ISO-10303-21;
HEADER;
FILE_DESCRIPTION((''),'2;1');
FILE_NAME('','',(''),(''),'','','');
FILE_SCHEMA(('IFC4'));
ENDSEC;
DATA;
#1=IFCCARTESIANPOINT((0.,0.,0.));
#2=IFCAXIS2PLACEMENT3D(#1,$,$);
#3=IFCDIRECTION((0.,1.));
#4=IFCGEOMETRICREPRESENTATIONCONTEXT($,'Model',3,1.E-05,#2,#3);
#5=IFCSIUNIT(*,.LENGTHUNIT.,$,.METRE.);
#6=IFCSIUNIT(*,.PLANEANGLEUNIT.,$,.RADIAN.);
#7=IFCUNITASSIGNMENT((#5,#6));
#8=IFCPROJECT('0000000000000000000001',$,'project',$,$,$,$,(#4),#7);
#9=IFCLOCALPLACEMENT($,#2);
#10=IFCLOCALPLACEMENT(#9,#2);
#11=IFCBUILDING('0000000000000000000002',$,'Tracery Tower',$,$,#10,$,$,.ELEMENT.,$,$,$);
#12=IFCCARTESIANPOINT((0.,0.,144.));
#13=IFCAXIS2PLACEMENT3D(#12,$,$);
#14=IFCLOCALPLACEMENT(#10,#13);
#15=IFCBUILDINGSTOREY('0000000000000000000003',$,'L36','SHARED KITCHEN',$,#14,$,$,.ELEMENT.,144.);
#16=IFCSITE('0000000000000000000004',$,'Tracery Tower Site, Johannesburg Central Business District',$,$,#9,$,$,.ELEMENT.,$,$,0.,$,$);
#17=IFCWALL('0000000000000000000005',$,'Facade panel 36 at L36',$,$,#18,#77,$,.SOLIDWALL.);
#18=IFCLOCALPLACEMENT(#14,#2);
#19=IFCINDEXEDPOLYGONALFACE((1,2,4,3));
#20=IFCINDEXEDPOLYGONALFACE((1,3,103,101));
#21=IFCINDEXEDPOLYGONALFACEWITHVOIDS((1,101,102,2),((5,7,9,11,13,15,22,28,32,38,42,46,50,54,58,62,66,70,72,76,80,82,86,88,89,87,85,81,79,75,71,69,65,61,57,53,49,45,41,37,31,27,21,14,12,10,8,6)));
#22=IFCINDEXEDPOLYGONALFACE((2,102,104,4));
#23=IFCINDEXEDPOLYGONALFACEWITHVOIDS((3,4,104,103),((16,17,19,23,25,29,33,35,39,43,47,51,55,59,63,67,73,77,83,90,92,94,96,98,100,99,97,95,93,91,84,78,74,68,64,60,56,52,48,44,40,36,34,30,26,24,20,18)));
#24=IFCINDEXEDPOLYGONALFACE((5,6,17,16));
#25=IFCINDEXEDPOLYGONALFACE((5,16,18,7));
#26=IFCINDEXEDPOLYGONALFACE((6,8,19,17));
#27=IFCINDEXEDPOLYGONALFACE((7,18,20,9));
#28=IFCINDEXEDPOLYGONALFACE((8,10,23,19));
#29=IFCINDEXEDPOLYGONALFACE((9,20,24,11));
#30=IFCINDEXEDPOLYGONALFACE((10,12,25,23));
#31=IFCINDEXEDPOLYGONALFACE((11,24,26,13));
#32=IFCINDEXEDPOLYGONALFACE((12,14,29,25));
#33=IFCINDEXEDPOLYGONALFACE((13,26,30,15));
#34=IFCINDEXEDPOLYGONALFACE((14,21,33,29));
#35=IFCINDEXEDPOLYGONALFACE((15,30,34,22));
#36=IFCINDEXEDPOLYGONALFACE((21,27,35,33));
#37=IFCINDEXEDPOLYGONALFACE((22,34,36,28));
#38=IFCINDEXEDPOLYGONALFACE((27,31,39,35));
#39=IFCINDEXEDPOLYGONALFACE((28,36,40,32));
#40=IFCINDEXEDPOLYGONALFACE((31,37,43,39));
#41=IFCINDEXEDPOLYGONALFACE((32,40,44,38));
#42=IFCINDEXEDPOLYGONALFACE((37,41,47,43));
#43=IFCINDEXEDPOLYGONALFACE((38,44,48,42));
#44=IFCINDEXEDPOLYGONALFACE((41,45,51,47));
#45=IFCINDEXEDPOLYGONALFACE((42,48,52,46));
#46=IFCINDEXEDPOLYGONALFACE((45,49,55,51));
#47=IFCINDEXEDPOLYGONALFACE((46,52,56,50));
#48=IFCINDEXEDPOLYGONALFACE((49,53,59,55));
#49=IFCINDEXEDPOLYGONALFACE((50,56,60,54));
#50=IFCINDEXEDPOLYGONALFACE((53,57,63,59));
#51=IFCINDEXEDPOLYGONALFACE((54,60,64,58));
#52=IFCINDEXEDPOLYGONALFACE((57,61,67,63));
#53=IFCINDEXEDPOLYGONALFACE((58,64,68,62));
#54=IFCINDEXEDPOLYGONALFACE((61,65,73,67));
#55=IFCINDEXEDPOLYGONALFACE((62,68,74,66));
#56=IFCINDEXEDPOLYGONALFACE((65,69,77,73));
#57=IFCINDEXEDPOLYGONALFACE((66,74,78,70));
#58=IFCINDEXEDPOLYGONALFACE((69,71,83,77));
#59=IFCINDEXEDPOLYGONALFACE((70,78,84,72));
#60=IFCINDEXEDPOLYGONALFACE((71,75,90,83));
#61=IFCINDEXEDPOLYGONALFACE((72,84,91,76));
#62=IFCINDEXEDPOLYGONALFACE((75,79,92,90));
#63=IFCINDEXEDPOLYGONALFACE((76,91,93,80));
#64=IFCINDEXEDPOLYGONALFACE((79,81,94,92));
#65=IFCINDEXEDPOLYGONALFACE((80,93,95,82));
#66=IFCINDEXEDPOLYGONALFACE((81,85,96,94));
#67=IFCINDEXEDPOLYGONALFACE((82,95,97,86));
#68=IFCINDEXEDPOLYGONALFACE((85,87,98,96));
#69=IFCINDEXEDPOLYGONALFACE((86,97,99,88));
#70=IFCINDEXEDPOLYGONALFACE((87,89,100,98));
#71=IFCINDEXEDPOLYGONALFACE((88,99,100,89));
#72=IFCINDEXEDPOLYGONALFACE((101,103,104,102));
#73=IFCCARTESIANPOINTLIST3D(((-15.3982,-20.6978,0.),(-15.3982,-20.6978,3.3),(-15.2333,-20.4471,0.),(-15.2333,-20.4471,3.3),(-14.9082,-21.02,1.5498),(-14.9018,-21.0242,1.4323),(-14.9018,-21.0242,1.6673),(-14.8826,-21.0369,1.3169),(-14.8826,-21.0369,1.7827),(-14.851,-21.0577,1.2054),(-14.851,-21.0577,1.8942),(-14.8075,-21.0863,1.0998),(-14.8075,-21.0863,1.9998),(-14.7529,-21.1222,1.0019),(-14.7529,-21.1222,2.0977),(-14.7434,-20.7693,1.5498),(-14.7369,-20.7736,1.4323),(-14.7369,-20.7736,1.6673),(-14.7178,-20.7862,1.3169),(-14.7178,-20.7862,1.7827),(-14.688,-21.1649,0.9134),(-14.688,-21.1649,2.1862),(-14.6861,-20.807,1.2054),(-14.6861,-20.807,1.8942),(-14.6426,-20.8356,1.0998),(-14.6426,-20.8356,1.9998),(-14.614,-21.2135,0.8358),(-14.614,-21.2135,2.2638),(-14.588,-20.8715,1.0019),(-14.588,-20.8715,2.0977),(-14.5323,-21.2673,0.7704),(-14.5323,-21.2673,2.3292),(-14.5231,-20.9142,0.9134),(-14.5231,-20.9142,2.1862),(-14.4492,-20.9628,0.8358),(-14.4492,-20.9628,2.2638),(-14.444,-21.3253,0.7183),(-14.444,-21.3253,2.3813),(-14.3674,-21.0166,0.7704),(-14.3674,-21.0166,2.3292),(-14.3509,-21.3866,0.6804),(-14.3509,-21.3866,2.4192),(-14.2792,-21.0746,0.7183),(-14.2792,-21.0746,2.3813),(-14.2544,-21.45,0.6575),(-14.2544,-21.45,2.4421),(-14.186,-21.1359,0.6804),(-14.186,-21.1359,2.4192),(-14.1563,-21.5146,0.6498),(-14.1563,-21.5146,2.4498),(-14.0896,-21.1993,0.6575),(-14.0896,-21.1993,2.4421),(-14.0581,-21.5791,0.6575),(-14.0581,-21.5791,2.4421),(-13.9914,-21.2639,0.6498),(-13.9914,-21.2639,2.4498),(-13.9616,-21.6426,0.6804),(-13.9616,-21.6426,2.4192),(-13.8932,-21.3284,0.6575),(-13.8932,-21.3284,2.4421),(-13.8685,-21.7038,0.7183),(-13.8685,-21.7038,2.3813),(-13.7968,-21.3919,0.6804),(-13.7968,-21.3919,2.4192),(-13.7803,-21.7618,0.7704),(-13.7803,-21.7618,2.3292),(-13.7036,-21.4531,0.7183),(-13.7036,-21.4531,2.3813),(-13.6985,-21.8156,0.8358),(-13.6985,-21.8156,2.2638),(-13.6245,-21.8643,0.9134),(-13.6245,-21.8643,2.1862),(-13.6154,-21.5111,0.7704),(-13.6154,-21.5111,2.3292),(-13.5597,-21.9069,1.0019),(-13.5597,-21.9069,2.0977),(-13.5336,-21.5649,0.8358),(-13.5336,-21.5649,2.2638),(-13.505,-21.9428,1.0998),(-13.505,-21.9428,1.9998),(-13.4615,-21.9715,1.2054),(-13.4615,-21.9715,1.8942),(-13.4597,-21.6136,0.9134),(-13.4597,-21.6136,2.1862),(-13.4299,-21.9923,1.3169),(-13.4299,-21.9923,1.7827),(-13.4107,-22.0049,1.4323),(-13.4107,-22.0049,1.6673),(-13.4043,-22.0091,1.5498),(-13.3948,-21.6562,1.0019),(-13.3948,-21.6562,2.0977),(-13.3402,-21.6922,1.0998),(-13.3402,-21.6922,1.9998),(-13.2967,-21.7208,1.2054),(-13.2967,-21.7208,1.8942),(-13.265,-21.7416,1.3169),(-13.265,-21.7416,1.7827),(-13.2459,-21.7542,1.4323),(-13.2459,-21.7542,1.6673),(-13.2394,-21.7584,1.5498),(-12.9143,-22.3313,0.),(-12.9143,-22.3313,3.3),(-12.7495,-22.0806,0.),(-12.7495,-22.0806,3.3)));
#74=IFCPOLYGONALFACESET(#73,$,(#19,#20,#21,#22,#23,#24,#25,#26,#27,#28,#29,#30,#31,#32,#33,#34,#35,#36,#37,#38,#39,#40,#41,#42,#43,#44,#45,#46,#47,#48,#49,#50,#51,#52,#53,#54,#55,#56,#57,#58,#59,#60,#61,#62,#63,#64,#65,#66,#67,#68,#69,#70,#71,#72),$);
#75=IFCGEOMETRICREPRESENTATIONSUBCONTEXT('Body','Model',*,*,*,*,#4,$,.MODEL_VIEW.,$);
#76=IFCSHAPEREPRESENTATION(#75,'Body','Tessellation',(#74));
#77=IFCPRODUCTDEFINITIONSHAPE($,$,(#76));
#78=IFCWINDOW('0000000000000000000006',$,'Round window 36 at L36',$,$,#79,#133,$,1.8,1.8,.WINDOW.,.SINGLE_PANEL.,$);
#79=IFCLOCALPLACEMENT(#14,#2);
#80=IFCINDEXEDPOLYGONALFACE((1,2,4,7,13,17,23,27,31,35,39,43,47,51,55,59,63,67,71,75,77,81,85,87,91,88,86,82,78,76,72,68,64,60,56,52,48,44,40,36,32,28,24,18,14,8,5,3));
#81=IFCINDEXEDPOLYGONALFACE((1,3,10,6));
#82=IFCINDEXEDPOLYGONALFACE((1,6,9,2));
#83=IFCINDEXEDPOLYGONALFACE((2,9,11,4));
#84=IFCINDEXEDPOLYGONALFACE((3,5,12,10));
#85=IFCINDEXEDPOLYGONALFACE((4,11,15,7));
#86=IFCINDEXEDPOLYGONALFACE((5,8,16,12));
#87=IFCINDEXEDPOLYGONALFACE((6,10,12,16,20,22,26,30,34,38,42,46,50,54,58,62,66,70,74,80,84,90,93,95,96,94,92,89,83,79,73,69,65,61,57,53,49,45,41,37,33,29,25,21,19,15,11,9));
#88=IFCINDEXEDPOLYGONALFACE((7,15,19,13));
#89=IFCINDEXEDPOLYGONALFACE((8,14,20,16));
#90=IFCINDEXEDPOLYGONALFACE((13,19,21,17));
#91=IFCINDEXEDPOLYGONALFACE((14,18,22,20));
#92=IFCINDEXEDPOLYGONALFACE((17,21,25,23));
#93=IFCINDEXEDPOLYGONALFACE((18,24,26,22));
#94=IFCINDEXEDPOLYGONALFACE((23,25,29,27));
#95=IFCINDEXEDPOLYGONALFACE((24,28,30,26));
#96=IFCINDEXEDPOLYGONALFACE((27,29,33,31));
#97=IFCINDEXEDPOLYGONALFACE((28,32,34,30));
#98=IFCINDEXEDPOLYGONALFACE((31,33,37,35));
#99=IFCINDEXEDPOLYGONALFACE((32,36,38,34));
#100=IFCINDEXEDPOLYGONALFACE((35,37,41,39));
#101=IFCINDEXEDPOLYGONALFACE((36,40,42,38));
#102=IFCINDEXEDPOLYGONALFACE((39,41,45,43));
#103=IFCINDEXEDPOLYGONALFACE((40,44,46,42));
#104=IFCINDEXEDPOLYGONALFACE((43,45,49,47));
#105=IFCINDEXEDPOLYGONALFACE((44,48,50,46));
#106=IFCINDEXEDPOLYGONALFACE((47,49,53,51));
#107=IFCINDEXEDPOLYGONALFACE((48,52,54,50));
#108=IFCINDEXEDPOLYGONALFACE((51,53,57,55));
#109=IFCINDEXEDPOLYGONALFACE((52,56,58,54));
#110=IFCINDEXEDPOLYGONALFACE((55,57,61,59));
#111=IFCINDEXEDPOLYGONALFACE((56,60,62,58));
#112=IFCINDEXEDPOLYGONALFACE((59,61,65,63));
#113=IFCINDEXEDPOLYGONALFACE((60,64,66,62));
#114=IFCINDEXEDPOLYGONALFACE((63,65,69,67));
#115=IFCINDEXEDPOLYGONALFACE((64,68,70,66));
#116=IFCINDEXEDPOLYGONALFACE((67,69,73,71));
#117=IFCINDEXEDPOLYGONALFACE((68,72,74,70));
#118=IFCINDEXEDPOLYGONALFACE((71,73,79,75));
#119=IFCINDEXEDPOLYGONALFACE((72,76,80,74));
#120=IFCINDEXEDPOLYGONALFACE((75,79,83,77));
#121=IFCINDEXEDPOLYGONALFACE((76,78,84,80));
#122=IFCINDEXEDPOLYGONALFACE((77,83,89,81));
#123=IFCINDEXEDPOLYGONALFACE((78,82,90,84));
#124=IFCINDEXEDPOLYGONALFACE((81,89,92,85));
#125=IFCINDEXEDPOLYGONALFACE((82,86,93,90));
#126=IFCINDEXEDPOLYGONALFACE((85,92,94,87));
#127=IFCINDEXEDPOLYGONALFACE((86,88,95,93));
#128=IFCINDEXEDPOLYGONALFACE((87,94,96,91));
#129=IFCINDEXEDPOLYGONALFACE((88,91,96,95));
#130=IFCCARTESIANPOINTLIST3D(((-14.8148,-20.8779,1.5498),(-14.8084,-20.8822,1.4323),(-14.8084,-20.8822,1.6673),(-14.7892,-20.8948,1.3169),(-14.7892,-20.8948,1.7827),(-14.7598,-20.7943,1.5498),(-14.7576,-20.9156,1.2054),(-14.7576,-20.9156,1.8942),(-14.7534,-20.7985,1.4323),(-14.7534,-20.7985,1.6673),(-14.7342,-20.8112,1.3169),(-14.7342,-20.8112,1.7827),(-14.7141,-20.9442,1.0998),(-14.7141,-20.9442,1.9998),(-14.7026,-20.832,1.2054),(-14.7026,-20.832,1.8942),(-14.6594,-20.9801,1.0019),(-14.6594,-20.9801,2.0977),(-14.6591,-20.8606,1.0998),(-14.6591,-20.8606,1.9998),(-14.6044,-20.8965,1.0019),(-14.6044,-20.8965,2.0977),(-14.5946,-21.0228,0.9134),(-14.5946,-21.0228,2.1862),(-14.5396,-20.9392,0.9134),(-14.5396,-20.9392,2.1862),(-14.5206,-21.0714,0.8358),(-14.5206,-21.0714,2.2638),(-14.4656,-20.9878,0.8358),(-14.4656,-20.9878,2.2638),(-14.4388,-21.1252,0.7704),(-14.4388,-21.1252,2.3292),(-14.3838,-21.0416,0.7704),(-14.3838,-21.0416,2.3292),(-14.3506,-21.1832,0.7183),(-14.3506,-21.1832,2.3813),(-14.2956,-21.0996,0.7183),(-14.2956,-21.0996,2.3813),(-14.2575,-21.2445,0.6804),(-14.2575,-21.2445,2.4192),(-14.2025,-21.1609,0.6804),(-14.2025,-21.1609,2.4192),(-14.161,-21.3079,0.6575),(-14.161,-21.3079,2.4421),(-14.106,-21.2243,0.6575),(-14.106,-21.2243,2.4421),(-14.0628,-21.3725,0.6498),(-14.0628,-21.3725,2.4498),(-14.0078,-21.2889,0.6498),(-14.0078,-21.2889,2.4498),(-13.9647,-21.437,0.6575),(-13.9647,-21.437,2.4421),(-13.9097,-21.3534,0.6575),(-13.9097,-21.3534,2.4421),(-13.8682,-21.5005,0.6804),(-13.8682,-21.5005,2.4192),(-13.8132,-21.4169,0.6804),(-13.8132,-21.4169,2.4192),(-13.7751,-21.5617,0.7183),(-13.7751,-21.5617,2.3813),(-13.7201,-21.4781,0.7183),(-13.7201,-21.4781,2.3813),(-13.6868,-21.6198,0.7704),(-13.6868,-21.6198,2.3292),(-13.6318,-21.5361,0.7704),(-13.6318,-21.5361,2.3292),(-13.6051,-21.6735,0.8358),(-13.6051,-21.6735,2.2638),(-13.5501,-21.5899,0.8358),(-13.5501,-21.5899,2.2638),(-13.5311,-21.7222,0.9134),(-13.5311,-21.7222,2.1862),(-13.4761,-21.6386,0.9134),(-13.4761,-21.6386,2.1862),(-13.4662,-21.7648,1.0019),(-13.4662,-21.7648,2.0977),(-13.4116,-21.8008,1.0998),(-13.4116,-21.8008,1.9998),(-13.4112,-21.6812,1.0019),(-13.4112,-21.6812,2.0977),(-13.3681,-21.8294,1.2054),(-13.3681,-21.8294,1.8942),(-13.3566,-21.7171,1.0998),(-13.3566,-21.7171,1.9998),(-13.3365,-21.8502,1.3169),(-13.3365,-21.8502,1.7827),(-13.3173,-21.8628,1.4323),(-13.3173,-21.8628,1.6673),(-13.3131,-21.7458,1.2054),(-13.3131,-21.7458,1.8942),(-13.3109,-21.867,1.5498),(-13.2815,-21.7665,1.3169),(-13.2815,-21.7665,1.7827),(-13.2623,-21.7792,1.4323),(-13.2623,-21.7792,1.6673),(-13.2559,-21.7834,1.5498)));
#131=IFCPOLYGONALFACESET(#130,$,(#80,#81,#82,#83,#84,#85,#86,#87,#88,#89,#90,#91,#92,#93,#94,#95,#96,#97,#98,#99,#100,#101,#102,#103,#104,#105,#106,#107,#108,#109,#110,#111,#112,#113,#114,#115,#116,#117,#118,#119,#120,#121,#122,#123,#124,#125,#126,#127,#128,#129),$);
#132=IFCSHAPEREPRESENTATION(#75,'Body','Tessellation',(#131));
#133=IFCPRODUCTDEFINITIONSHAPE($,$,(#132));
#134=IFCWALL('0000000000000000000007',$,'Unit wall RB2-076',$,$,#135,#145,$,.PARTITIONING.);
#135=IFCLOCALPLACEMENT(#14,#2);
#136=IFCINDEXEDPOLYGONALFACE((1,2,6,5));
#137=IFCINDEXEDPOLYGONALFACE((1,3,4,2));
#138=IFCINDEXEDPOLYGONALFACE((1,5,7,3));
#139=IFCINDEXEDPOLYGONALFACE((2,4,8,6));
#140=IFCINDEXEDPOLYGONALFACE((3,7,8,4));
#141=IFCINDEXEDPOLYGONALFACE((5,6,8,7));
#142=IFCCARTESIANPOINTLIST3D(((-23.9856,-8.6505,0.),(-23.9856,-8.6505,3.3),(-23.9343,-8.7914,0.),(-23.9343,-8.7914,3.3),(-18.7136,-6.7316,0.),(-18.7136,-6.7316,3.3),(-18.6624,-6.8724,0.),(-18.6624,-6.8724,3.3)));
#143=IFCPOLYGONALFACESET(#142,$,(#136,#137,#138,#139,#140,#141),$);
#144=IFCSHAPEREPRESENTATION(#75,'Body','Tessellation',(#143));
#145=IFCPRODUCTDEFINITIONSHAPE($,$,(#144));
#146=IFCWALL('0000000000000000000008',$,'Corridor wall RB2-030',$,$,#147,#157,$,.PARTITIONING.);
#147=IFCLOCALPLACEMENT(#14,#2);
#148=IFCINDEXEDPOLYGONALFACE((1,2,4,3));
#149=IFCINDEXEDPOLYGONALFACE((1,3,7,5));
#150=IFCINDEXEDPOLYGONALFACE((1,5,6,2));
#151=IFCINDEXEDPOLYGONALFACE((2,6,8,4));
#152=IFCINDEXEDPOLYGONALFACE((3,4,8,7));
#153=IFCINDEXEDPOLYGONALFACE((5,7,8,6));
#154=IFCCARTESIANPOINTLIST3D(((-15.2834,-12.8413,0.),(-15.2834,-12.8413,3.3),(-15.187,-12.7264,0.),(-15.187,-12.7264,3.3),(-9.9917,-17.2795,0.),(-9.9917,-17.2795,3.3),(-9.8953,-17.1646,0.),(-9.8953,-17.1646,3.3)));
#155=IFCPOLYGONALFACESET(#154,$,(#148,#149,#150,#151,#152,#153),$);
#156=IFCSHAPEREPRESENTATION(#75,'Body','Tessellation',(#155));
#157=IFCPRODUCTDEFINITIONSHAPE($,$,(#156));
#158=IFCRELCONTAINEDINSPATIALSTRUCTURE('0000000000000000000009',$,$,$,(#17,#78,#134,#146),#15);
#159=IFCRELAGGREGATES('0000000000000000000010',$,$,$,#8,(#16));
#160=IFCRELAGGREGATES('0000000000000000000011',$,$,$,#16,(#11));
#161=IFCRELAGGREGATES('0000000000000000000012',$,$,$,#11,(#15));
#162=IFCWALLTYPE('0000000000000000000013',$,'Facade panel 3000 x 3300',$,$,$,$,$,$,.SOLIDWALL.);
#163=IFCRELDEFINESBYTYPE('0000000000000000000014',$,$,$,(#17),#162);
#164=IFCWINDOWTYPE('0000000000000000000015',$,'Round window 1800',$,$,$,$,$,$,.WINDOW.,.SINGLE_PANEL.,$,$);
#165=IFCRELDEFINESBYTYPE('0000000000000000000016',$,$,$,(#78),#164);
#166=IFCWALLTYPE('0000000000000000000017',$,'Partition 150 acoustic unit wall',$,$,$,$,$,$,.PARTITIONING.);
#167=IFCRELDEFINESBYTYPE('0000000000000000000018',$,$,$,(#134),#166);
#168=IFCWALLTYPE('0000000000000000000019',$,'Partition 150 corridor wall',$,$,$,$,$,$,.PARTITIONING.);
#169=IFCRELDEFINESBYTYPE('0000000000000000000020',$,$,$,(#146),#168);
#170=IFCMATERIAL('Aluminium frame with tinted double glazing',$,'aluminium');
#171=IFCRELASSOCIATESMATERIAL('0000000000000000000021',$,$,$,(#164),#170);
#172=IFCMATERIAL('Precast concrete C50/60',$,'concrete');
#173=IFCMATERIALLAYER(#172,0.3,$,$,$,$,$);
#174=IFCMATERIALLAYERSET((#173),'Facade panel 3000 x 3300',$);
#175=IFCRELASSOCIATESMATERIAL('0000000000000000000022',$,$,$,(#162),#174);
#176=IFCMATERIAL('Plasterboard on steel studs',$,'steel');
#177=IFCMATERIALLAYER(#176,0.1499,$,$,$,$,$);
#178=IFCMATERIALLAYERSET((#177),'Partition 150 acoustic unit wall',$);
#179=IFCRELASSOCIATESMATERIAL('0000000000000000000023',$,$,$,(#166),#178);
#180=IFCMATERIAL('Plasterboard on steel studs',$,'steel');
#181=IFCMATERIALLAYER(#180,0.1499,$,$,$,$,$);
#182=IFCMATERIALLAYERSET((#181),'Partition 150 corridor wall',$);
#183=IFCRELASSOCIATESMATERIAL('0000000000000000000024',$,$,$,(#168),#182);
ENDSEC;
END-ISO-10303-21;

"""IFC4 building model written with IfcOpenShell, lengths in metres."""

from ifc_helpers import new_model, si_unit, direction, frame, frame_2d, origin, origin_2d, place, context, subcontext, project, spatial, rectangle, circle, extrude, material, layer, layer_set, type_object, element, fill, save


model = new_model("IFC4")

# Units and contexts
model_context = context("Model", 3, precision=1e-05, world=origin(), true_north=direction((0.0, 1.0)))
body_context = subcontext(model_context, "Body", "Model", "MODEL_VIEW")
ifc_project = project(units=[si_unit("LENGTHUNIT", "METRE"), si_unit("PLANEANGLEUNIT", "RADIAN")], contexts=[model_context])

# Site, building, storey
site_placement = place(None, origin())
site = spatial("IfcSite", under=ifc_project, at=site_placement, Name="Tracery Tower Site, Johannesburg Central Business District", CompositionType="ELEMENT", RefElevation=0.0)
building_placement = place(site_placement, origin())
building = spatial("IfcBuilding", under=site, at=building_placement, Name="Tracery Tower", CompositionType="ELEMENT")
storey_placement = place(building_placement, frame((0.0, 0.0, 144.0)))
storey = spatial("IfcBuildingStorey", under=building, at=storey_placement, Name="L36", Description="SHARED KITCHEN", CompositionType="ELEMENT", Elevation=144.0)

# Wall, opening, window
ifc_material_1 = material(Name="Aluminium frame with tinted double glazing", Category="aluminium")
window_type = type_object("IfcWindowType", Name="Round window 1800", PartitioningType="SINGLE_PANEL", PredefinedType="WINDOW", material=ifc_material_1)
ifc_material_2 = material(Name="Precast concrete C50/60", Category="concrete")
ifc_layer_1 = layer(ifc_material_2, 0.3)
ifc_layer_set_1 = layer_set([ifc_layer_1], Name="Facade panel 3000 x 3300")
wall_type_1 = type_object("IfcWallType", Name="Facade panel 3000 x 3300", PredefinedType="SOLIDWALL", material=ifc_layer_set_1)
wall_1_placement = place(storey_placement, frame((-15.3157, -20.5725, 0.0), z_axis=(0.0, 0.0, 1.0), x_axis=(0.835508, -0.549478, 0.0)))
wall_1 = element("IfcWall", 1, at=wall_1_placement, inside=storey, type_object=wall_type_1, Name="Facade panel 36 at L36", PredefinedType="SOLIDWALL", context=body_context, shape_type="SweptSolid", body=[
    extrude(rectangle(XDim=2.9729, YDim=0.3, at=frame_2d((1.4863, 0.0))), origin(), (0.0, 0.0, 1.0), 3.3),
])
opening_1_placement = place(wall_1_placement, frame((1.4863, 0.0, 1.5498)))
opening_1 = element("IfcOpeningElement", 2, at=opening_1_placement, cuts=wall_1, PredefinedType="OPENING", context=body_context, shape_type="SweptSolid", body=[
    extrude(circle(Radius=0.9, at=origin_2d()), frame((0.0, 0.1599, 0.0), z_axis=(0.0, -1.0, 0.0), x_axis=(1.0, 0.0, 0.0)), (0.0, 0.0, 1.0), 0.3201),
])
window_1_placement = place(opening_1_placement, origin())
window_1 = element("IfcWindow", 3, at=window_1_placement, inside=storey, type_object=window_type, Name="Round window 36 at L36", OverallHeight=1.8, OverallWidth=1.8, PartitioningType="SINGLE_PANEL", PredefinedType="WINDOW", context=body_context, shape_type="SweptSolid", body=[
    extrude(circle(Radius=0.9, at=origin_2d()), frame((0.0, 0.1201, 0.0), z_axis=(0.0, -1.0, 0.0), x_axis=(1.0, 0.0, 0.0)), (0.0, 0.0, 1.0), 0.1001),
])
fill(opening_1, window_1)

# Walls
ifc_material_3 = material(Name="Plasterboard on steel studs", Category="steel")
ifc_layer_2 = layer(ifc_material_3, 0.1499)
ifc_layer_set_2 = layer_set([ifc_layer_2], Name="Partition 150 acoustic unit wall")
wall_type_2 = type_object("IfcWallType", Name="Partition 150 acoustic unit wall", PredefinedType="PARTITIONING", material=ifc_layer_set_2)
wall_2_placement = place(storey_placement, frame((-23.96, -8.7209, 0.0), z_axis=(0.0, 0.0, 1.0), x_axis=(0.939687, 0.342037, 0.0)))
element("IfcWall", 4, at=wall_2_placement, inside=storey, type_object=wall_type_2, Name="Unit wall RB2-076", PredefinedType="PARTITIONING", context=body_context, shape_type="SweptSolid", body=[
    extrude(rectangle(XDim=5.6104, YDim=0.1499, at=frame_2d((2.8052, 0.0))), origin(), (0.0, 0.0, 1.0), 3.3),
])
ifc_material_4 = material(Name="Plasterboard on steel studs", Category="steel")
ifc_layer_3 = layer(ifc_material_4, 0.1499)
ifc_layer_set_3 = layer_set([ifc_layer_3], Name="Partition 150 corridor wall")
wall_type_3 = type_object("IfcWallType", Name="Partition 150 corridor wall", PredefinedType="PARTITIONING", material=ifc_layer_set_3)
wall_3_placement = place(storey_placement, frame((-15.2351, -12.7839, 0.0), z_axis=(0.0, 0.0, 1.0), x_axis=(0.766192, -0.642612, 0.0)))
element("IfcWall", 5, at=wall_3_placement, inside=storey, type_object=wall_type_3, Name="Corridor wall RB2-030", PredefinedType="PARTITIONING", context=body_context, shape_type="SweptSolid", body=[
    extrude(rectangle(XDim=6.9065, YDim=0.1499, at=frame_2d((3.4531, 0.0))), origin(), (0.0, 0.0, 1.0), 3.3),
])

save(model, "model.ifc")
